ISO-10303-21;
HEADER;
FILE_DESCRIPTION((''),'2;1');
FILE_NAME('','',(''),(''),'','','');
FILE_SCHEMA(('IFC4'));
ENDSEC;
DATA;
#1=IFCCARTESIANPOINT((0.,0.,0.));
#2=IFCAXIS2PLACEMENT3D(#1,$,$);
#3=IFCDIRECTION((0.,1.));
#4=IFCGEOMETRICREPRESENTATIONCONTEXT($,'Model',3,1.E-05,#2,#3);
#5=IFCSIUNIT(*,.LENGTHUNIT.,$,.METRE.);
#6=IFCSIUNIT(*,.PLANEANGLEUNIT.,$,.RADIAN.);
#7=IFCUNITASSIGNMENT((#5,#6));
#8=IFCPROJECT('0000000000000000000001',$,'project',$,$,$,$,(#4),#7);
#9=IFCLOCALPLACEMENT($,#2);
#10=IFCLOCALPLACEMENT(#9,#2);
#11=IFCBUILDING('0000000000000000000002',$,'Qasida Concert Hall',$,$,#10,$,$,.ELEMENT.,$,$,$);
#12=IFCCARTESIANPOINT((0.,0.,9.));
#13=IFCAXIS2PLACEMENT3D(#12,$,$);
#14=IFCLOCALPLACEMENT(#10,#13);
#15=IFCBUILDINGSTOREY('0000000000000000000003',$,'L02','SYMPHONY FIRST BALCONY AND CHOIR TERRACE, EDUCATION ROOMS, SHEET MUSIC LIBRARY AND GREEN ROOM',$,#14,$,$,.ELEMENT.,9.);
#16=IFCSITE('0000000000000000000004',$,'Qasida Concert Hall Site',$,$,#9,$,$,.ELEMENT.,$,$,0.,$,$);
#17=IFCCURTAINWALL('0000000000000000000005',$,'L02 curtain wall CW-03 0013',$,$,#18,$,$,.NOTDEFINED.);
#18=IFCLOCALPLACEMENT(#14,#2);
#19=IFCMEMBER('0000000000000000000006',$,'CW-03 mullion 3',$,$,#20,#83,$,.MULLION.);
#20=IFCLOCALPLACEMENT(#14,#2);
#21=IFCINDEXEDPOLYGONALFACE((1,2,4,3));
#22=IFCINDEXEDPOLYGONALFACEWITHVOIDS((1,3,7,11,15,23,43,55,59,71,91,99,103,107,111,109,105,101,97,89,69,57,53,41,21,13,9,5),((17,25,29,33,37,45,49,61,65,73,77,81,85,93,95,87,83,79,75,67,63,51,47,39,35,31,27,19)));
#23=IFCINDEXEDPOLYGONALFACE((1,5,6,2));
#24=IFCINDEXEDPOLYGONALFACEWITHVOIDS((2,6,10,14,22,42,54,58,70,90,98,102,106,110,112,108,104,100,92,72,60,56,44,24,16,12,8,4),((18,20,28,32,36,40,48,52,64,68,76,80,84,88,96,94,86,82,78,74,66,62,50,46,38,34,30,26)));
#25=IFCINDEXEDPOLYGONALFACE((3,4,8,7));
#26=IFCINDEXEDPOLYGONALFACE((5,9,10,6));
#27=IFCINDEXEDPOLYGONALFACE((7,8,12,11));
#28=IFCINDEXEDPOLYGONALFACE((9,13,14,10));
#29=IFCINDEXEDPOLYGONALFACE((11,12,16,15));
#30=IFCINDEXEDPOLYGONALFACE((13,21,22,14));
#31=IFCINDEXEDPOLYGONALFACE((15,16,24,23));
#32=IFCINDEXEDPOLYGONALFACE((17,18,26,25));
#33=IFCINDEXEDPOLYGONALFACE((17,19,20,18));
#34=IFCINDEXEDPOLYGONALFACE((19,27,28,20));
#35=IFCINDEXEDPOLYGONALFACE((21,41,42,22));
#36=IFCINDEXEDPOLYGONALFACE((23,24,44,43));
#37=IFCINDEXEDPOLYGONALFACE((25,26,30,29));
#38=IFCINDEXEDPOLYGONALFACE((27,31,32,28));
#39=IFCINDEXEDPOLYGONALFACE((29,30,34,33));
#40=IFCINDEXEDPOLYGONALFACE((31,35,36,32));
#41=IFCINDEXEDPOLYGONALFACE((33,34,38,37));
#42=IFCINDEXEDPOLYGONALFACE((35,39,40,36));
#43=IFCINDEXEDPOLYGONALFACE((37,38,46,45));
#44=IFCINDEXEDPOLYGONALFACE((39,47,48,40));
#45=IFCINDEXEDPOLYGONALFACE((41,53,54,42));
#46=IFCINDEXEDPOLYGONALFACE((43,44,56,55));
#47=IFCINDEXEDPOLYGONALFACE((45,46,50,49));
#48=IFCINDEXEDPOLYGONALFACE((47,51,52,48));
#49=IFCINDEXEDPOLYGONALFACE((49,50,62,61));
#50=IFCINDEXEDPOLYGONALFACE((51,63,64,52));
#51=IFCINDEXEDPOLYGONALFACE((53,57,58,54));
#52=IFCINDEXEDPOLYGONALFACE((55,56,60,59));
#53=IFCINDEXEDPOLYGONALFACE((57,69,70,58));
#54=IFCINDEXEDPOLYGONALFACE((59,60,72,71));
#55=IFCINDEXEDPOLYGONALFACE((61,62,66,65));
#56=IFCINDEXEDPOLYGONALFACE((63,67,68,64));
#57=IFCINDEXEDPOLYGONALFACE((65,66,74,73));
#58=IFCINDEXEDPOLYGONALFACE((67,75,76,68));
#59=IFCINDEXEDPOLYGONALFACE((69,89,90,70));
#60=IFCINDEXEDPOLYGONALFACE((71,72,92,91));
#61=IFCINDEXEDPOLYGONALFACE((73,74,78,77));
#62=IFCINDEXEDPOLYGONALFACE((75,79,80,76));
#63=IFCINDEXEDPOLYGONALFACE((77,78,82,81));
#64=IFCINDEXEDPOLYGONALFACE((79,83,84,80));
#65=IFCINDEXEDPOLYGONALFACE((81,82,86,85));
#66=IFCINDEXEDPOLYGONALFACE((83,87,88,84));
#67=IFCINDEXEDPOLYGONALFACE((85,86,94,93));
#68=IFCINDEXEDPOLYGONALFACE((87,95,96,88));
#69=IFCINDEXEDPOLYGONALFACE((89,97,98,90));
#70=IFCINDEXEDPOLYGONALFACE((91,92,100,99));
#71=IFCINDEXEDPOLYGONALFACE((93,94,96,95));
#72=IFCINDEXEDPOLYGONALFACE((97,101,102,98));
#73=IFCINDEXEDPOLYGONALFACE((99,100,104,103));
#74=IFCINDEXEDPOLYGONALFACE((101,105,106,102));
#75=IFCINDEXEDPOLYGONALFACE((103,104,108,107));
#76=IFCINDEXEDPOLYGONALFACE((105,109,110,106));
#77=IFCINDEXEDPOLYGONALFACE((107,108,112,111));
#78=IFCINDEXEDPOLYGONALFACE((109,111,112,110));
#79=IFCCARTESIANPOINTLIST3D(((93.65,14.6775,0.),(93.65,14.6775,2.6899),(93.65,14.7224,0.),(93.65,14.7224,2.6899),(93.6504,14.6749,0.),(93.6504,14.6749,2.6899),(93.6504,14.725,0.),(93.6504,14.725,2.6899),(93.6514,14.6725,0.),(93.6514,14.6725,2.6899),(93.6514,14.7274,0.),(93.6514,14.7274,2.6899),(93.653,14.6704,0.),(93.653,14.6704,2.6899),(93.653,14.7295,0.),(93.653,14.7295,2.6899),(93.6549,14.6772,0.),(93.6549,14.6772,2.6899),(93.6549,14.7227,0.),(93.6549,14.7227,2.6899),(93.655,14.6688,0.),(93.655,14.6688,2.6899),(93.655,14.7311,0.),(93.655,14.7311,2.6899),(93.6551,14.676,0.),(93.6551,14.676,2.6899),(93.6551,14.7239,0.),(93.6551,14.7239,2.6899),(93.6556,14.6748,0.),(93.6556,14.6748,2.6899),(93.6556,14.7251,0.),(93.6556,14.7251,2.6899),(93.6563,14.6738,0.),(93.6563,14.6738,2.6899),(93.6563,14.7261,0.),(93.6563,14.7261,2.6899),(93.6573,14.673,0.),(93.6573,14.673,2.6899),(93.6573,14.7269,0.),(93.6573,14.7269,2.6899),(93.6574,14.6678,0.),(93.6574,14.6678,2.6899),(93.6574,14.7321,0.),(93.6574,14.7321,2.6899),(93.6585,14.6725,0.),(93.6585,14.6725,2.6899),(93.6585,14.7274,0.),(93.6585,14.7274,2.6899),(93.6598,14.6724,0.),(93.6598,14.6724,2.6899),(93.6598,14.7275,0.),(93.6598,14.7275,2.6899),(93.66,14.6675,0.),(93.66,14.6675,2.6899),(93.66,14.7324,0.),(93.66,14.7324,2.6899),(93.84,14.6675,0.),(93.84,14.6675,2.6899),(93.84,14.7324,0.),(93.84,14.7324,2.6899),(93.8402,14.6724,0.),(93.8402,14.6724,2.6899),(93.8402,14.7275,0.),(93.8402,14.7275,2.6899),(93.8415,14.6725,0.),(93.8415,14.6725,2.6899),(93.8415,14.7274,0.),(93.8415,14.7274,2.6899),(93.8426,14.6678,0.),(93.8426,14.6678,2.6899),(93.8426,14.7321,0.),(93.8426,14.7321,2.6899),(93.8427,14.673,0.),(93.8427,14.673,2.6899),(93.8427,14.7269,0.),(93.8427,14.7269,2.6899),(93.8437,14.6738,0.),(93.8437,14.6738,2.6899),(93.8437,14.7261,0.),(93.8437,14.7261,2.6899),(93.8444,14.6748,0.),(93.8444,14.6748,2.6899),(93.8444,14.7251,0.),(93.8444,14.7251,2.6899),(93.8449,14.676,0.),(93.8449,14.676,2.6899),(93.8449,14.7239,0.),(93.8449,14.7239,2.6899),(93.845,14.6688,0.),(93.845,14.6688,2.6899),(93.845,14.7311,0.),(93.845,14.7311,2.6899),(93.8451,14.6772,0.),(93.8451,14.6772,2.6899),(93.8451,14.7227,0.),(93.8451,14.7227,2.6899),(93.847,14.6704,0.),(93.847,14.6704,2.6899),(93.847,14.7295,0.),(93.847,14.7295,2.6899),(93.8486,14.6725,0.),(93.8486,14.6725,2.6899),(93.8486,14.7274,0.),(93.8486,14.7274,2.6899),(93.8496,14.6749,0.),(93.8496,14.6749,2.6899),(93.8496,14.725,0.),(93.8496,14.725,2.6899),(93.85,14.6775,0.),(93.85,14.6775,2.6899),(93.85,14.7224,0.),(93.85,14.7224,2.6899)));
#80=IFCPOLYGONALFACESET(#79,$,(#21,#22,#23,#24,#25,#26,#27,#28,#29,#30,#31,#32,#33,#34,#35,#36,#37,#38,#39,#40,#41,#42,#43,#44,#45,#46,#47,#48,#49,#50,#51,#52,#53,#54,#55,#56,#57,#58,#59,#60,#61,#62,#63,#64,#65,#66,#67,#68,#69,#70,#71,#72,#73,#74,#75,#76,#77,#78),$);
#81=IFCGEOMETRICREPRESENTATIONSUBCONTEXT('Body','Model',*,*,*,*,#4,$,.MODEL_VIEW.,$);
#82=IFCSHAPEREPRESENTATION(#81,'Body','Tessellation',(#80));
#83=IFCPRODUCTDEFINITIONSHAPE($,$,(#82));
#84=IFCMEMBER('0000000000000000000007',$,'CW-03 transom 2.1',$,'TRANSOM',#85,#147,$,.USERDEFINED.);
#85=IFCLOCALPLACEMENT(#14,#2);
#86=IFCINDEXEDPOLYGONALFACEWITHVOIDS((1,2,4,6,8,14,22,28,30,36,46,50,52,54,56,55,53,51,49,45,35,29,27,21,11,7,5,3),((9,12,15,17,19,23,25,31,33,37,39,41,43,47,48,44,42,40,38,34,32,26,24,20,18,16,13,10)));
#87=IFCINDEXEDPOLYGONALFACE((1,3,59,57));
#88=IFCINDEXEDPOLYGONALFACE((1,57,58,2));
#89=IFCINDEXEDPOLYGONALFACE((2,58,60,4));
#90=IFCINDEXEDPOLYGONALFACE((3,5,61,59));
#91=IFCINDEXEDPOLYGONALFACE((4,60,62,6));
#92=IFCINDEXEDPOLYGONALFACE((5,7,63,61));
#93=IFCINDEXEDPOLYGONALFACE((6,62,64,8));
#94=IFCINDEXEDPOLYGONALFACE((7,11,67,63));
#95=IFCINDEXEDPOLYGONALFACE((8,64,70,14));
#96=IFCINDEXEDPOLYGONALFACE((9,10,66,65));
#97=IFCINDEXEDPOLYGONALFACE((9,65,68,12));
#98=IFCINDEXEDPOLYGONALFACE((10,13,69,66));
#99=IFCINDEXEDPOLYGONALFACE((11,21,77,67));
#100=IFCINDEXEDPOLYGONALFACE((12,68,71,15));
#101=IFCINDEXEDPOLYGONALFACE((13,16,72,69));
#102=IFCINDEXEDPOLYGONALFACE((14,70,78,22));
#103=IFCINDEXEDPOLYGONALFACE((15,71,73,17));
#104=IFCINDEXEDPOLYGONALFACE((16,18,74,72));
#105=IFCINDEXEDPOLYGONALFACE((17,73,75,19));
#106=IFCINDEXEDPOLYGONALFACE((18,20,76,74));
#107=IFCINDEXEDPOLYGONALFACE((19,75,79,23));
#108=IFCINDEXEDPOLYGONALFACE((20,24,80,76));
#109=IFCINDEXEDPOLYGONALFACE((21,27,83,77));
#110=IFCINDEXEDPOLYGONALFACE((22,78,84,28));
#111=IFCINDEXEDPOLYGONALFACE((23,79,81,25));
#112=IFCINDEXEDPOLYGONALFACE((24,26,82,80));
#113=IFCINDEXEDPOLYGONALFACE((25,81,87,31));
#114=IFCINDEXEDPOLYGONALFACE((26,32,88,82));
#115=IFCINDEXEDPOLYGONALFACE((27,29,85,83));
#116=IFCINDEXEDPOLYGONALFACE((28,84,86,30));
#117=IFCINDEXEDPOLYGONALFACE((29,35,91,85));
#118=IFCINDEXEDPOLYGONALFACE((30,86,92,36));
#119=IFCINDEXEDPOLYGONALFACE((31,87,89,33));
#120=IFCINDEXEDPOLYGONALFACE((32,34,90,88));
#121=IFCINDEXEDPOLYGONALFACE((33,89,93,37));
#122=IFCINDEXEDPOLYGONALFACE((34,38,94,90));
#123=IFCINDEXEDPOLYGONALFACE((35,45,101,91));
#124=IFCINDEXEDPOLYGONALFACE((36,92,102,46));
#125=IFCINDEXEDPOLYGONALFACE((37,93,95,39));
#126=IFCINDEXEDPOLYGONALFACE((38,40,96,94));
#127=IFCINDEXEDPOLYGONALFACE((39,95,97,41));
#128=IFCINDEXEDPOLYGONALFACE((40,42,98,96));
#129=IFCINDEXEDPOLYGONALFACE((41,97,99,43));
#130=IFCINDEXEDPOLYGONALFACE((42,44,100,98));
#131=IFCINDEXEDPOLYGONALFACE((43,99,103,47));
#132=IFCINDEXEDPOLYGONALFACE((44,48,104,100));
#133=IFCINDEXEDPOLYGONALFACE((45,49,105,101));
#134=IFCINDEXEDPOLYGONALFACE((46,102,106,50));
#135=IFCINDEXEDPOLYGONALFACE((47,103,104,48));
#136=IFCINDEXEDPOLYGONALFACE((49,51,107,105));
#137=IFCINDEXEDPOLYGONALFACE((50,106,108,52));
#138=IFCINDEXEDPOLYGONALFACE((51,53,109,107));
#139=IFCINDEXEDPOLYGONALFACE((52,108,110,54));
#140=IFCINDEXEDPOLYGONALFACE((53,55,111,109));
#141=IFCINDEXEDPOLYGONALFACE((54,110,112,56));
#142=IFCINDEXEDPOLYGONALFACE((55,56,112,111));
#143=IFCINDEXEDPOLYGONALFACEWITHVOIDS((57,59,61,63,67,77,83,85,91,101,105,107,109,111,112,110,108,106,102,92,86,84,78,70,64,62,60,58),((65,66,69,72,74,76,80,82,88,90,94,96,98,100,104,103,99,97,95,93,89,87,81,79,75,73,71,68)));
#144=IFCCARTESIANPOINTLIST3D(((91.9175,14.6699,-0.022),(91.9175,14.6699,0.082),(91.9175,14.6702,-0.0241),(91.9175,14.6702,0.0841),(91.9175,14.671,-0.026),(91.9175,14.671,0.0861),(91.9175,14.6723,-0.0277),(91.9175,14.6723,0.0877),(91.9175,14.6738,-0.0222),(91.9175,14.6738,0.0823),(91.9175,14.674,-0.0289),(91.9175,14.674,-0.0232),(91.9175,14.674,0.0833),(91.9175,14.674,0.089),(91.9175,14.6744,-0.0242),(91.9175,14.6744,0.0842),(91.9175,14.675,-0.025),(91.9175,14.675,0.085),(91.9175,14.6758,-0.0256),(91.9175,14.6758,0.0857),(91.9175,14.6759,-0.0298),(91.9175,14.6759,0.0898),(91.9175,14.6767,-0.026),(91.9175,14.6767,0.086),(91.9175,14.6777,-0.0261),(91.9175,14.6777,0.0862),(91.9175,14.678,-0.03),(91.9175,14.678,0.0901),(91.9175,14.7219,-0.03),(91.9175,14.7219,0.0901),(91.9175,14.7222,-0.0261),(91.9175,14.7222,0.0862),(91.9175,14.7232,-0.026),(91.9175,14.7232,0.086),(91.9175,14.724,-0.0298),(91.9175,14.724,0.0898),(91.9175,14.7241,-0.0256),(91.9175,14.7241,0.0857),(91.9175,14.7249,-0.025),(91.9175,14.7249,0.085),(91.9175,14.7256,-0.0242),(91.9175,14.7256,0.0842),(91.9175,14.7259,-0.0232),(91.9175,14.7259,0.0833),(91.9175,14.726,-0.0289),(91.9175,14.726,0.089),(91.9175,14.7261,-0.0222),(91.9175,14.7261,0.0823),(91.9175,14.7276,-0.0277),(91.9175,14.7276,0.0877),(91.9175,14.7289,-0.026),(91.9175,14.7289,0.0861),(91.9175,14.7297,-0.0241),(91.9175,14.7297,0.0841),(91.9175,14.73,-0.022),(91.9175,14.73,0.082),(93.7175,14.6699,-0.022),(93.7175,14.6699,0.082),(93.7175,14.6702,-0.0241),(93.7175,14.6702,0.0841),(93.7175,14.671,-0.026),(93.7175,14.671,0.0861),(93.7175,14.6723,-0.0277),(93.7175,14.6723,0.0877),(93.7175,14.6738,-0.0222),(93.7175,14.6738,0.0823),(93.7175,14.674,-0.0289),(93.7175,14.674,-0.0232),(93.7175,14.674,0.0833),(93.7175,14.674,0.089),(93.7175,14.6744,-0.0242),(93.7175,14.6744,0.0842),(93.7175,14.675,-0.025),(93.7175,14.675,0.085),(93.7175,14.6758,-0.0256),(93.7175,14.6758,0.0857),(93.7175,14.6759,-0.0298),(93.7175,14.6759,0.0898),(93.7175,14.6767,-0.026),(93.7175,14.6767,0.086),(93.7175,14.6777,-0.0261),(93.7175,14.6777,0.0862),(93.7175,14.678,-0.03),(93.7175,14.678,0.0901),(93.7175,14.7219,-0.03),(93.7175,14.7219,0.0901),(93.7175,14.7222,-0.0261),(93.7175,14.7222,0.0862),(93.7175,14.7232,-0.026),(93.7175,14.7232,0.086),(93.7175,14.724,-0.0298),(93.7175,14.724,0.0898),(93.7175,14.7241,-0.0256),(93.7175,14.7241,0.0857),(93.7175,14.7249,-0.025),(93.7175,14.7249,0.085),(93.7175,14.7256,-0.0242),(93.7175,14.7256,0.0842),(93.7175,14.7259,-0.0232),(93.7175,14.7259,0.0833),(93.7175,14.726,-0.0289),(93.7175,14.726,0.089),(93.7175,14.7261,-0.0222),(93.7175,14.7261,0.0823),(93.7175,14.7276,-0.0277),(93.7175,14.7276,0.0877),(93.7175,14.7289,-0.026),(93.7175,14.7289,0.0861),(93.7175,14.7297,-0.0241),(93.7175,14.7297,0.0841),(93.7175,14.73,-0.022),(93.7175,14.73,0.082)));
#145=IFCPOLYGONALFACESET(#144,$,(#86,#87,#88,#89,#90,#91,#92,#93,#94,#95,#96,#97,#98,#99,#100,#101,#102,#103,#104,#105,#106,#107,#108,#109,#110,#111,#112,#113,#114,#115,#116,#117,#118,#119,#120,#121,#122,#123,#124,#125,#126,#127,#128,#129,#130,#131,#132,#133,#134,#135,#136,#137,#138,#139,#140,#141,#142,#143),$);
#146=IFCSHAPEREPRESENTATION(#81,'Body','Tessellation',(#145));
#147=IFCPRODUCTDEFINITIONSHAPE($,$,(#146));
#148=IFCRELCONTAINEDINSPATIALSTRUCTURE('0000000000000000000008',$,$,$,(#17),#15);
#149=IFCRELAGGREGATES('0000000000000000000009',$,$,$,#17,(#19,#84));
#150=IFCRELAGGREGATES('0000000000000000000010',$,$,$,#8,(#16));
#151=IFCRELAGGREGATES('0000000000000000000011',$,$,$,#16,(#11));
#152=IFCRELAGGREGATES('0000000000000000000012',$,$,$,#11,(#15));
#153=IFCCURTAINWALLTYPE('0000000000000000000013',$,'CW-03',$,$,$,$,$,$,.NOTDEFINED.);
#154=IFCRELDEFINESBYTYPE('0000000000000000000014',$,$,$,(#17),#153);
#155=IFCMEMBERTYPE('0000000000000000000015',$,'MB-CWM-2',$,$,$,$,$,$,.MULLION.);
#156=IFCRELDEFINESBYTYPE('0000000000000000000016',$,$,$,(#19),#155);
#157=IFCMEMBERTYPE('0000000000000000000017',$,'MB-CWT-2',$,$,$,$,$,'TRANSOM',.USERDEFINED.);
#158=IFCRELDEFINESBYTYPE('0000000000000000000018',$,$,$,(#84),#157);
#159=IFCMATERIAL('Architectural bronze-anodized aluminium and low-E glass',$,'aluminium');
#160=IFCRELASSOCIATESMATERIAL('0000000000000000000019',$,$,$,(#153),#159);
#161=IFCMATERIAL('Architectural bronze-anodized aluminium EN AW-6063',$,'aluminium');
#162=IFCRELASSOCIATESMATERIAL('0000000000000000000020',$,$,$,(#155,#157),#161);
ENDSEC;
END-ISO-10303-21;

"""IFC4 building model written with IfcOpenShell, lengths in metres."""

from ifc_helpers import new_model, si_unit, direction, frame, origin, origin_2d, place, context, subcontext, project, spatial, hollow_rectangle, extrude, material, material_profile, profile_set, type_object, element, aggregate, save


model = new_model("IFC4")

# Units and contexts
model_context = context("Model", 3, precision=1e-05, world=origin(), true_north=direction((0.0, 1.0)))
body_context = subcontext(model_context, "Body", "Model", "MODEL_VIEW")
ifc_project = project(units=[si_unit("LENGTHUNIT", "METRE"), si_unit("PLANEANGLEUNIT", "RADIAN")], contexts=[model_context])

# Site, building, storey
site_placement = place(None, origin())
site = spatial("IfcSite", under=ifc_project, at=site_placement, Name="Qasida Concert Hall Site", CompositionType="ELEMENT", RefElevation=0.0)
building_placement = place(site_placement, origin())
building = spatial("IfcBuilding", under=site, at=building_placement, Name="Qasida Concert Hall", CompositionType="ELEMENT")
storey_placement = place(building_placement, frame((0.0, 0.0, 9.0)))
storey = spatial("IfcBuildingStorey", under=building, at=storey_placement, Name="L02", Description="SYMPHONY FIRST BALCONY AND CHOIR TERRACE, EDUCATION ROOMS, SHEET MUSIC LIBRARY AND GREEN ROOM", CompositionType="ELEMENT", Elevation=9.0)

# Curtain wall, members
ifc_material_1 = material(Name="Architectural bronze-anodized aluminium and low-E glass", Category="aluminium")
curtain_wall_type = type_object("IfcCurtainWallType", Name="CW-03", PredefinedType="NOTDEFINED", material=ifc_material_1)
curtain_wall_placement = place(storey_placement, origin())
curtain_wall = element("IfcCurtainWall", 1, at=curtain_wall_placement, inside=storey, type_object=curtain_wall_type, Name="L02 curtain wall CW-03 0013", PredefinedType="NOTDEFINED")
ifc_material_2 = material(Name="Architectural bronze-anodized aluminium EN AW-6063", Category="aluminium")
ifc_material_profile_1 = material_profile(ifc_material_2, hollow_rectangle(XDim=0.0649, YDim=0.2, WallThickness=0.0049, InnerFilletRadius=0.0049, OuterFilletRadius=0.01, at=origin_2d()), Name="CWM 200x65x5")
ifc_profile_set_1 = profile_set([ifc_material_profile_1], Name="Architectural bronze-anodized aluminium EN AW-6063")
member_type_1 = type_object("IfcMemberType", Name="MB-CWM-2", PredefinedType="MULLION", material=ifc_profile_set_1)
member_1_placement = place(storey_placement, frame((93.75, 14.7, 0.0), z_axis=(0.0, 0.0, 1.0), x_axis=(0.0, 1.0, 0.0)))
member_1 = element("IfcMember", 2, at=member_1_placement, type_object=member_type_1, Name="CW-03 mullion 3", PredefinedType="MULLION", context=body_context, shape_type="SweptSolid", body=[
    extrude(hollow_rectangle(XDim=0.0649, YDim=0.2, WallThickness=0.0049, InnerFilletRadius=0.0049, OuterFilletRadius=0.01, at=origin_2d()), origin(), (0.0, 0.0, 1.0), 2.6899),
])
ifc_material_profile_2 = material_profile(ifc_material_2, hollow_rectangle(XDim=0.0601, YDim=0.1201, WallThickness=0.0039, InnerFilletRadius=0.0039, OuterFilletRadius=0.0081, at=origin_2d()), Name="CWT 120x60x4")
ifc_profile_set_2 = profile_set([ifc_material_profile_2], Name="Architectural bronze-anodized aluminium EN AW-6063")
member_type_2 = type_object("IfcMemberType", Name="MB-CWT-2", ElementType="TRANSOM", PredefinedType="USERDEFINED", material=ifc_profile_set_2)
member_2_placement = place(storey_placement, frame((91.9175, 14.7, 0.03), z_axis=(1.0, 0.0, 0.0), x_axis=(0.0, 1.0, 0.0)))
member_2 = element("IfcMember", 3, at=member_2_placement, type_object=member_type_2, Name="CW-03 transom 2.1", ObjectType="TRANSOM", PredefinedType="USERDEFINED", context=body_context, shape_type="SweptSolid", body=[
    extrude(hollow_rectangle(XDim=0.0601, YDim=0.1201, WallThickness=0.0039, InnerFilletRadius=0.0039, OuterFilletRadius=0.0081, at=origin_2d()), origin(), (0.0, 0.0, 1.0), 1.8),
])
aggregate(curtain_wall, [member_1, member_2])

save(model, "model.ifc")
